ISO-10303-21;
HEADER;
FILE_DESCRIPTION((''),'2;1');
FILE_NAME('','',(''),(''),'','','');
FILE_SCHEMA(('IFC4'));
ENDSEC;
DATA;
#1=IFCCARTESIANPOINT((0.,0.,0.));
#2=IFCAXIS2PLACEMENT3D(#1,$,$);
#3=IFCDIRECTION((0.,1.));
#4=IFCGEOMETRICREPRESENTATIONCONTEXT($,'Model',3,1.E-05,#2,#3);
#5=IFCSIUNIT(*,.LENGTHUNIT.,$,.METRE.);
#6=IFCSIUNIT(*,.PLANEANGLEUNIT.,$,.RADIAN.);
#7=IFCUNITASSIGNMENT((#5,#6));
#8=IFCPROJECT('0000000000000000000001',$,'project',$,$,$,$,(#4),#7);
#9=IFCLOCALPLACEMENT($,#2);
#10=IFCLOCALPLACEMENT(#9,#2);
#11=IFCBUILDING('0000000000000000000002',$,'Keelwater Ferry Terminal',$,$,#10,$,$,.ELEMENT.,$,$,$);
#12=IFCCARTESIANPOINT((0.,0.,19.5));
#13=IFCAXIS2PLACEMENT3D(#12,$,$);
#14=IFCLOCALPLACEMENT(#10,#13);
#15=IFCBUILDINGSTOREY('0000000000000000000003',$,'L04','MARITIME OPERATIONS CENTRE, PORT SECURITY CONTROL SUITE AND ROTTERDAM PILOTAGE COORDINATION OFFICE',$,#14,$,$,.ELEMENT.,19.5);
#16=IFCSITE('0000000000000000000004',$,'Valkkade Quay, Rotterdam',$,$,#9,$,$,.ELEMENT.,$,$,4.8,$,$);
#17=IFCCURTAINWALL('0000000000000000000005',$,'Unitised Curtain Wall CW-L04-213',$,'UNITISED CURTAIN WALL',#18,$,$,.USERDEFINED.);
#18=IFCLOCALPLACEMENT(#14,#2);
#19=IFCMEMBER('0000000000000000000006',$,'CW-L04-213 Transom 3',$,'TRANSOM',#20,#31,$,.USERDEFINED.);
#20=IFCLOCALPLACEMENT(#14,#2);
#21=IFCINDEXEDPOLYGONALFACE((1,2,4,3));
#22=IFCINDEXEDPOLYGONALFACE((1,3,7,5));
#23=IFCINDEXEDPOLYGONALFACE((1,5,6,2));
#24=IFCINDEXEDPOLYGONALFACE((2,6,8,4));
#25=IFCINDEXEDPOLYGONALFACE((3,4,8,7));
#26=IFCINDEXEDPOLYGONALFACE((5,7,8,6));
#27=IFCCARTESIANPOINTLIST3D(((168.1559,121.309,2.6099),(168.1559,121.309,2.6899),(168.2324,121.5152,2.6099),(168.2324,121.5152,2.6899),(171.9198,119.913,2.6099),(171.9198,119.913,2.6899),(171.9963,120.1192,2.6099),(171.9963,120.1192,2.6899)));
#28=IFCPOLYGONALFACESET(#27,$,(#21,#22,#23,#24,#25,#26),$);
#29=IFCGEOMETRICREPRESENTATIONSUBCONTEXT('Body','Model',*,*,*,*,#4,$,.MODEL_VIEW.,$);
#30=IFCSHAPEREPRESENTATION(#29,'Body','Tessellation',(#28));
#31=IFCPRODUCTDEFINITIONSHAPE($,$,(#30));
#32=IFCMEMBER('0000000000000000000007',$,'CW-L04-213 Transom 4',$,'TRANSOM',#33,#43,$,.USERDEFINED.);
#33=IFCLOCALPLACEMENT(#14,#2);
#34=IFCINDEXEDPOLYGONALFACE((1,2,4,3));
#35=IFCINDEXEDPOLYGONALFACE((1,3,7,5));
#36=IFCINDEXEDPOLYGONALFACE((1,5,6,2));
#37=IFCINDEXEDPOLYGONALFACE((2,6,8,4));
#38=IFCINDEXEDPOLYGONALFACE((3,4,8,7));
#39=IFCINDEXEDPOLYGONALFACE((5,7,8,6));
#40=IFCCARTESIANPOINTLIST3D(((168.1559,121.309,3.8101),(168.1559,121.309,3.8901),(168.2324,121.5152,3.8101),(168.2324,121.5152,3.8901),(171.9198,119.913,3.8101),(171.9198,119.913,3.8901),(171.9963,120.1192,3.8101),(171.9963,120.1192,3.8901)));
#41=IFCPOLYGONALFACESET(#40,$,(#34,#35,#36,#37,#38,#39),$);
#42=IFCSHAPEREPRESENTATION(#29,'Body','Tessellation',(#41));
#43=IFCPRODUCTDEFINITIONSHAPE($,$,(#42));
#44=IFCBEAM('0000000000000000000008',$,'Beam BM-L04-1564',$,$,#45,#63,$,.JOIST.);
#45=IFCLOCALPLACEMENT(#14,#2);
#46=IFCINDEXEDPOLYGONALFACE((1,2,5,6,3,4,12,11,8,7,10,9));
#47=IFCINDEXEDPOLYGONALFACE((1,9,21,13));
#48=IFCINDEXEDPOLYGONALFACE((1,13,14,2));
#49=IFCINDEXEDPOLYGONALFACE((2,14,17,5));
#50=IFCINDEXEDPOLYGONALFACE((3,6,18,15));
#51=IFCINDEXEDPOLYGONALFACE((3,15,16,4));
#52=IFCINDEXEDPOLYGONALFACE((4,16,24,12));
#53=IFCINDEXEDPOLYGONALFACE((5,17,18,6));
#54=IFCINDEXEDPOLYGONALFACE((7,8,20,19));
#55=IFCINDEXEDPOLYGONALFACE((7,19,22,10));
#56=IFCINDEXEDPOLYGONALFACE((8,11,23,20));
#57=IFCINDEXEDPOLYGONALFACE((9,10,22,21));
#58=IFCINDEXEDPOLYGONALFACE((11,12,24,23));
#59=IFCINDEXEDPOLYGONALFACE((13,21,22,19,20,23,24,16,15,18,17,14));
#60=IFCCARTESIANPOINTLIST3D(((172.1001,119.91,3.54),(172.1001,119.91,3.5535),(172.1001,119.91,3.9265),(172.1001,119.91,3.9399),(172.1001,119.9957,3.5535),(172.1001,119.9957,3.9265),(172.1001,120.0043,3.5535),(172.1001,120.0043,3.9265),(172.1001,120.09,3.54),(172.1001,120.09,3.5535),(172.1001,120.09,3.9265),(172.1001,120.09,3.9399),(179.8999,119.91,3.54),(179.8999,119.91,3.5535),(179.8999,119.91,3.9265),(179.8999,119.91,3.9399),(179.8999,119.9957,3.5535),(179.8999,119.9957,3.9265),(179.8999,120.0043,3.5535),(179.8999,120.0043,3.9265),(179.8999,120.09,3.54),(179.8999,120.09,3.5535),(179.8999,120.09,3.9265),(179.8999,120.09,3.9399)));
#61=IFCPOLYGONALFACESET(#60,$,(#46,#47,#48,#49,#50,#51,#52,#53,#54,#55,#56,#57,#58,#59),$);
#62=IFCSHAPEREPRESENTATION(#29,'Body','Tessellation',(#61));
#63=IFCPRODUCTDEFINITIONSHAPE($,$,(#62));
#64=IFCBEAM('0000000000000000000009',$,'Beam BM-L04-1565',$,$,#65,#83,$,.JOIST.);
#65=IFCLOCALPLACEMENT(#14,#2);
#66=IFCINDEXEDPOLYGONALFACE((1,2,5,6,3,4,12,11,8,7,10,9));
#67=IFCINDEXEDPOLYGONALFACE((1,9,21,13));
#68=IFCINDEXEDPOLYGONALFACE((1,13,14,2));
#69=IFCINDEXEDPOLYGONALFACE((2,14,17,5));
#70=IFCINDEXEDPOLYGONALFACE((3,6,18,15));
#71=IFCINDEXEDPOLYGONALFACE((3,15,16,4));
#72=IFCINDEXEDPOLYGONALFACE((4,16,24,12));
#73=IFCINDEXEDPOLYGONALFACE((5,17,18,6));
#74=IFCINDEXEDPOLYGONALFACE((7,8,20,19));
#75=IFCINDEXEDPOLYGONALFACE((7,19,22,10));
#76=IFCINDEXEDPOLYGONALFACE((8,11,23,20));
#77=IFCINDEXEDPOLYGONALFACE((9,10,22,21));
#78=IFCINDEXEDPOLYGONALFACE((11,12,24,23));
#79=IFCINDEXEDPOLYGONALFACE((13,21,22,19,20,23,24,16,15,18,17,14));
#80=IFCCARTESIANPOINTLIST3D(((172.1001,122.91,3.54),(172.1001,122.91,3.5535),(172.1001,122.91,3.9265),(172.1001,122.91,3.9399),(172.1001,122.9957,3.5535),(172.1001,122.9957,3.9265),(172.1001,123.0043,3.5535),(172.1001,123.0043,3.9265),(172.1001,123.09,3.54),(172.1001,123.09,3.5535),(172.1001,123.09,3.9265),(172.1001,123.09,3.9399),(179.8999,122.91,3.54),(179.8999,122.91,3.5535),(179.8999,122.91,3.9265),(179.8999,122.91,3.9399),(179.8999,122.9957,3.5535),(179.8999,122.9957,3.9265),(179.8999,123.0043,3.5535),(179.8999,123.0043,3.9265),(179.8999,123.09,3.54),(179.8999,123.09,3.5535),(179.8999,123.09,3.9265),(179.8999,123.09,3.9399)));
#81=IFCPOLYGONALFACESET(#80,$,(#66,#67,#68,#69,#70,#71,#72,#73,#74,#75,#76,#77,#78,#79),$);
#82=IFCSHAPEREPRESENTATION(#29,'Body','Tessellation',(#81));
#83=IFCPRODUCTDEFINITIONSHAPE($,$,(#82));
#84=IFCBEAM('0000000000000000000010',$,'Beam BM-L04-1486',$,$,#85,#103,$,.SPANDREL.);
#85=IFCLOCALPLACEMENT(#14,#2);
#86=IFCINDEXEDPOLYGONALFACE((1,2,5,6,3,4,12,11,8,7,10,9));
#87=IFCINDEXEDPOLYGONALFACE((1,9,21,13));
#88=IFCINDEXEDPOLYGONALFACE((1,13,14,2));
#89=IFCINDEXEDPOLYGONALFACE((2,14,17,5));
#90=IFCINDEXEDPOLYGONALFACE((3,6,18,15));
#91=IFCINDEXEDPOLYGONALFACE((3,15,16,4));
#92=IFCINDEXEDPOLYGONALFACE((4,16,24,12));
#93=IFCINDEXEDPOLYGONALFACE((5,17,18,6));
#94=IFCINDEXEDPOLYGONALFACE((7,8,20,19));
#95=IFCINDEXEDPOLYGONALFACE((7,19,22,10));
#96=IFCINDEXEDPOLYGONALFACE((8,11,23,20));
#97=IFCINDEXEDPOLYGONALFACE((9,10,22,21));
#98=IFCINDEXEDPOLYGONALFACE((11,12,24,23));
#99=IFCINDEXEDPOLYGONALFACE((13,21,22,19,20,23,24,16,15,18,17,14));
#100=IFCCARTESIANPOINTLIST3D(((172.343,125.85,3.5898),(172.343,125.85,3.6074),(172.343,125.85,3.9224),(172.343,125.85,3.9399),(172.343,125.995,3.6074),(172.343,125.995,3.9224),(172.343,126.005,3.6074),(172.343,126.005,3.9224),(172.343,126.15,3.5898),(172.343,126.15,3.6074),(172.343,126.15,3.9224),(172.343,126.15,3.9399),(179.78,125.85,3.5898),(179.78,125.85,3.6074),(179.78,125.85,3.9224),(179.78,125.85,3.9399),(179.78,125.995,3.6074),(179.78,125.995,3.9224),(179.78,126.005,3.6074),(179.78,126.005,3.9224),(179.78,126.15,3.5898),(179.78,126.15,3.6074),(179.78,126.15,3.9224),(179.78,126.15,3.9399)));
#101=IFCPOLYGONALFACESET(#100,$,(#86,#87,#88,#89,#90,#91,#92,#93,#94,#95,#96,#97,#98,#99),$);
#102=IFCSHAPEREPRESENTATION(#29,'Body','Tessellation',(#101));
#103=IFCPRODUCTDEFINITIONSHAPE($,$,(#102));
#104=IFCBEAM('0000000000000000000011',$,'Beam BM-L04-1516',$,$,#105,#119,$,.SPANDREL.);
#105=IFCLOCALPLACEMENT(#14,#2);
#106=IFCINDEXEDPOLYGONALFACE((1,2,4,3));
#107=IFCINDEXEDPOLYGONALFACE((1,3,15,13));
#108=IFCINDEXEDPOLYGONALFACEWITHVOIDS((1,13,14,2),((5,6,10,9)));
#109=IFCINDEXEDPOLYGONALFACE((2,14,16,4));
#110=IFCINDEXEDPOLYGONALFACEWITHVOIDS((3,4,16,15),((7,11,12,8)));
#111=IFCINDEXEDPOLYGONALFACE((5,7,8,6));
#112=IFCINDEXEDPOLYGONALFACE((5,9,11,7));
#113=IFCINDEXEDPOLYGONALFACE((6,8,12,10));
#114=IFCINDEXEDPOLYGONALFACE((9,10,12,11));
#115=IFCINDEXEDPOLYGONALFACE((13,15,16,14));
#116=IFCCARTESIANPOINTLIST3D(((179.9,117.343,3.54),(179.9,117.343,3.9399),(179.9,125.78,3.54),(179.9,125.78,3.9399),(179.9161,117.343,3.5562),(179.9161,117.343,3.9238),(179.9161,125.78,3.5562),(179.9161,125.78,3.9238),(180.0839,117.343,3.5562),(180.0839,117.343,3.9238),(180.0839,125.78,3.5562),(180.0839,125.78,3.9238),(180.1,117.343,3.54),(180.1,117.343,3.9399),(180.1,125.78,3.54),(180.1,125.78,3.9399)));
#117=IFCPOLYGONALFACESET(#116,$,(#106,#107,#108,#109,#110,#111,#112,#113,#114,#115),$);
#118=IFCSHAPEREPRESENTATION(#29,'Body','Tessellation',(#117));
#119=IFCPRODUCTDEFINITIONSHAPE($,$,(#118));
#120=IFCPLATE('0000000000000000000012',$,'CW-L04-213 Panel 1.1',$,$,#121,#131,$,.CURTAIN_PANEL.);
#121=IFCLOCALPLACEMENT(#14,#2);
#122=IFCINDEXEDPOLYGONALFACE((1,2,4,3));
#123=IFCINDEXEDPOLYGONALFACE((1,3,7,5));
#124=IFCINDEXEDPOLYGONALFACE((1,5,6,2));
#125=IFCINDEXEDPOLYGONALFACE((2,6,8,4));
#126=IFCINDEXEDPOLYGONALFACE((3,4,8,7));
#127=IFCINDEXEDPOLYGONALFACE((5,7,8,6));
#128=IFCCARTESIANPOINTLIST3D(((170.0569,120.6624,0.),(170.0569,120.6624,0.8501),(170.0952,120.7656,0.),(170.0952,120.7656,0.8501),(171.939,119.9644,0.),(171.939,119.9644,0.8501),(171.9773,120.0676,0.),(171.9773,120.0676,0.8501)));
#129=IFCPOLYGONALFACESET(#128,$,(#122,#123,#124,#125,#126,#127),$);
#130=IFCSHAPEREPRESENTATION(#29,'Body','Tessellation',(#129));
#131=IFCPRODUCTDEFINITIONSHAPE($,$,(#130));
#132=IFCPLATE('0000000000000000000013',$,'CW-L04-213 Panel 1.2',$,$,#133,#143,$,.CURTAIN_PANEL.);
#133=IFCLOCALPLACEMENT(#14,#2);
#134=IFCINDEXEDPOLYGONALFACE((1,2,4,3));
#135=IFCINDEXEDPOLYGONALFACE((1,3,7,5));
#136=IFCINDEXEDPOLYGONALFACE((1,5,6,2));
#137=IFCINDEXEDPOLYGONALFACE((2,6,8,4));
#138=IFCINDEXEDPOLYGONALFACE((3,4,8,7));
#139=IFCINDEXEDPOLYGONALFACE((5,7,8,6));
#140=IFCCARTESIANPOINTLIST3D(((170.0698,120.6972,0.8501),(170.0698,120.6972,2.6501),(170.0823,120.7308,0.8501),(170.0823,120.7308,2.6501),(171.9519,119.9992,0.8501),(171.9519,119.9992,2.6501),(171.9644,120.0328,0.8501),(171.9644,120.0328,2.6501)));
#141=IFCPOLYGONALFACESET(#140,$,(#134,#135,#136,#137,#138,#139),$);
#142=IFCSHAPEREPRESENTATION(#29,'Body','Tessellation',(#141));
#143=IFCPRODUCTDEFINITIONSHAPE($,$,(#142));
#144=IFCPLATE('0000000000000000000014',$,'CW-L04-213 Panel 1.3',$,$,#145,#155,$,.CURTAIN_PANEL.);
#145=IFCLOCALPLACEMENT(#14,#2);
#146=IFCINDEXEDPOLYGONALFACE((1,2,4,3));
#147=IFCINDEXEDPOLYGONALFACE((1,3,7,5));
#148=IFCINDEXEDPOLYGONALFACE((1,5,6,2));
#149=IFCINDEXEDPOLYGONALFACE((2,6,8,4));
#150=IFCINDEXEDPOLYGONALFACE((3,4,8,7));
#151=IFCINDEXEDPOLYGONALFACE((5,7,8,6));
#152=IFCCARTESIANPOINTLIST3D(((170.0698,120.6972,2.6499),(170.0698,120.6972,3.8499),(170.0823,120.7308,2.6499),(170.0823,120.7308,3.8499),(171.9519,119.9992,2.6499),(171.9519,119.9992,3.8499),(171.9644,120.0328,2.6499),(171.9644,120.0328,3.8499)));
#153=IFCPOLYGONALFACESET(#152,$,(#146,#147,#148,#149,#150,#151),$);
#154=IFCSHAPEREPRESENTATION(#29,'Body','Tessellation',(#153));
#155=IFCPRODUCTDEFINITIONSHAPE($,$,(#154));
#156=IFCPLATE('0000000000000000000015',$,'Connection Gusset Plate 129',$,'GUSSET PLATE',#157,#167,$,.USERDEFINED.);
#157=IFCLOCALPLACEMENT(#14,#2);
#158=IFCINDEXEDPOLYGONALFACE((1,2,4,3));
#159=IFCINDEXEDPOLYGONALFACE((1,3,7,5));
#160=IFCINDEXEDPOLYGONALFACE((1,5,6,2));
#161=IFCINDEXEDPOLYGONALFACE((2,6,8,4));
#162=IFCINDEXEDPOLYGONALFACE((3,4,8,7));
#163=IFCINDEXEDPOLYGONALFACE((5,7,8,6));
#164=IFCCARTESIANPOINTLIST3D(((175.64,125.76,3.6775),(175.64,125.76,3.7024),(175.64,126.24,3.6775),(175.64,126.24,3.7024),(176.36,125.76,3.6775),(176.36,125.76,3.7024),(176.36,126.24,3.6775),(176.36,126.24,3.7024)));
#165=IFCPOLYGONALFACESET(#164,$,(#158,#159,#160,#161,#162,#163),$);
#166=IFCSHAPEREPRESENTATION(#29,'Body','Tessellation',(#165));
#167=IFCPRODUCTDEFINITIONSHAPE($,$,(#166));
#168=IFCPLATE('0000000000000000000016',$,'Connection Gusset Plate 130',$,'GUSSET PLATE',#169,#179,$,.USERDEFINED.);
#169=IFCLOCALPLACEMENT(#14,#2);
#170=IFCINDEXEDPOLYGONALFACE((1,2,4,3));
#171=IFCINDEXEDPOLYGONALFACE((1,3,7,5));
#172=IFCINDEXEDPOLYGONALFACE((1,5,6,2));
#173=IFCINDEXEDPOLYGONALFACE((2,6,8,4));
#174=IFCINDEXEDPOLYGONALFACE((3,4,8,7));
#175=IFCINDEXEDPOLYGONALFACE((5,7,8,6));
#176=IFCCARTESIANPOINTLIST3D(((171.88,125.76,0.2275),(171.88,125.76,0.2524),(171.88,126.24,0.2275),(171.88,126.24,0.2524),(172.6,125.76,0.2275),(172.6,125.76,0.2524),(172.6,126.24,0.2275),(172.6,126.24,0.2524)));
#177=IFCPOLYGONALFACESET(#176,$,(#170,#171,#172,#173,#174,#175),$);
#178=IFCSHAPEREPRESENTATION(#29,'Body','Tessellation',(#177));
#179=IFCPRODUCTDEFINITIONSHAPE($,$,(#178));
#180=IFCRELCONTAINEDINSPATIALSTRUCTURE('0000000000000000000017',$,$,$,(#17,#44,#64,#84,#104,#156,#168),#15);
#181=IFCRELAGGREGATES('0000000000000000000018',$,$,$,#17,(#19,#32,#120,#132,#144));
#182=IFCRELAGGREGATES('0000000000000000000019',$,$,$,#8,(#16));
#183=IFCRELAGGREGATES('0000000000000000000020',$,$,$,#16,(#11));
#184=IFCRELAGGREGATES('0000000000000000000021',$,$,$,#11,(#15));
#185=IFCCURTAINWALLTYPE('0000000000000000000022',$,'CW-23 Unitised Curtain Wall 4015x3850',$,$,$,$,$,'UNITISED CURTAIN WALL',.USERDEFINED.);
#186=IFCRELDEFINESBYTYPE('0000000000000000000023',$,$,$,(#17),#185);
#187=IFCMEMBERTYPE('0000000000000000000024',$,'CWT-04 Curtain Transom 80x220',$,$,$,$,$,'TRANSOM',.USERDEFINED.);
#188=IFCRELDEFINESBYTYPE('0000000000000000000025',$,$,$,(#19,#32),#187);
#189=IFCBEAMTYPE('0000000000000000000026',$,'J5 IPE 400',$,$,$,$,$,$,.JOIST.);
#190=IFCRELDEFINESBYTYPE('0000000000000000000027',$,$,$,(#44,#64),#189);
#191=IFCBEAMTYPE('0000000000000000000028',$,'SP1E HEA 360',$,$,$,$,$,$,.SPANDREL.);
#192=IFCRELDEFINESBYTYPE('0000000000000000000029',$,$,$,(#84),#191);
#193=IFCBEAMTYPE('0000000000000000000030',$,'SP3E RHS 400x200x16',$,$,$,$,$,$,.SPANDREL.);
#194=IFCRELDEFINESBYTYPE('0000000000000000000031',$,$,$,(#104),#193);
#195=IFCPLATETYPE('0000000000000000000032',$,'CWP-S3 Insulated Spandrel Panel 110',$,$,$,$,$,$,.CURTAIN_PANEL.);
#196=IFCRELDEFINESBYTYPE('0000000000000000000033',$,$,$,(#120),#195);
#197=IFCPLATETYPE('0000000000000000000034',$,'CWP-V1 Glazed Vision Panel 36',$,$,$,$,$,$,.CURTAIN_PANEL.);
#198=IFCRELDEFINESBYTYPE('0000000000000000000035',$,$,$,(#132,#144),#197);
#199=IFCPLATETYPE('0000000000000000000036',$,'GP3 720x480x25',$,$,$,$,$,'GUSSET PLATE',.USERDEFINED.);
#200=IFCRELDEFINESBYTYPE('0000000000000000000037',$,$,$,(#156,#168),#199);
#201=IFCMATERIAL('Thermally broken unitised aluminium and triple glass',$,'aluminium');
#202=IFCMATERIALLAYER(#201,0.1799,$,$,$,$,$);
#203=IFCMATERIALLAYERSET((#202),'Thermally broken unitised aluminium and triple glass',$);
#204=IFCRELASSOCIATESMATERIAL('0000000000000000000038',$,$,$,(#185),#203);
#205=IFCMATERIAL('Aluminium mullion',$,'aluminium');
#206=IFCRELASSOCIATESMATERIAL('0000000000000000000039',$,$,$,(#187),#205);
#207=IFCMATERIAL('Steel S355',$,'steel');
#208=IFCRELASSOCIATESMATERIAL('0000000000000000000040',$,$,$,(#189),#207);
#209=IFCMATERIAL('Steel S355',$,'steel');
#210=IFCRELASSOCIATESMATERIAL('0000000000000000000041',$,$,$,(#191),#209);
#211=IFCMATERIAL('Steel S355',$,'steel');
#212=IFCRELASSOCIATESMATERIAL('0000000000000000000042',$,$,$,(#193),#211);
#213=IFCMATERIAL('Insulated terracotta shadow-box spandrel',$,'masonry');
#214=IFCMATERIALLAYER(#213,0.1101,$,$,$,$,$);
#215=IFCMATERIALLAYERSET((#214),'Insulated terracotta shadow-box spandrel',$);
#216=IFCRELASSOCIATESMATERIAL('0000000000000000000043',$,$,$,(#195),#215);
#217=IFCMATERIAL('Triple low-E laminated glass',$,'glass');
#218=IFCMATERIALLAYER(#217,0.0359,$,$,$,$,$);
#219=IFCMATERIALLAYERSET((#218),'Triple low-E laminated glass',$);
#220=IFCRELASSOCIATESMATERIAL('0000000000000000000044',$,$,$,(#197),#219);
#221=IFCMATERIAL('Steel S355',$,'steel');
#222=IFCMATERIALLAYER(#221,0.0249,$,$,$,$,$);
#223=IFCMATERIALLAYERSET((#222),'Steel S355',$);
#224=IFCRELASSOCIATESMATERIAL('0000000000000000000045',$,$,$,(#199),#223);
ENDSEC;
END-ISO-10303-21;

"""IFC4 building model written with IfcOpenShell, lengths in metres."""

from ifc_helpers import new_model, si_unit, direction, frame, origin, origin_2d, place, context, subcontext, project, spatial, rectangle, hollow_rectangle, i_section, extrude, material, layer, layer_set, material_profile, profile_set, type_object, element, aggregate, save


model = new_model("IFC4")

# Units and contexts
model_context = context("Model", 3, precision=1e-05, world=origin(), true_north=direction((0.0, 1.0)))
body_context = subcontext(model_context, "Body", "Model", "MODEL_VIEW")
ifc_project = project(units=[si_unit("LENGTHUNIT", "METRE"), si_unit("PLANEANGLEUNIT", "RADIAN")], contexts=[model_context])

# Site, building, storey
site_placement = place(None, origin())
site = spatial("IfcSite", under=ifc_project, at=site_placement, Name="Valkkade Quay, Rotterdam", CompositionType="ELEMENT", RefElevation=4.8)
building_placement = place(site_placement, origin())
building = spatial("IfcBuilding", under=site, at=building_placement, Name="Keelwater Ferry Terminal", CompositionType="ELEMENT")
storey_placement = place(building_placement, frame((0.0, 0.0, 19.5)))
storey = spatial("IfcBuildingStorey", under=building, at=storey_placement, Name="L04", Description="MARITIME OPERATIONS CENTRE, PORT SECURITY CONTROL SUITE AND ROTTERDAM PILOTAGE COORDINATION OFFICE", CompositionType="ELEMENT", Elevation=19.5)

# Curtain wall, members
ifc_material_1 = material(Name="Thermally broken unitised aluminium and triple glass", Category="aluminium")
ifc_layer_1 = layer(ifc_material_1, 0.1799)
ifc_layer_set_1 = layer_set([ifc_layer_1], Name="Thermally broken unitised aluminium and triple glass")
curtain_wall_type = type_object("IfcCurtainWallType", Name="CW-23 Unitised Curtain Wall 4015x3850", ElementType="UNITISED CURTAIN WALL", PredefinedType="USERDEFINED", material=ifc_layer_set_1)
curtain_wall_placement = place(storey_placement, origin())
curtain_wall = element("IfcCurtainWall", 1, at=curtain_wall_placement, inside=storey, type_object=curtain_wall_type, Name="Unitised Curtain Wall CW-L04-213", ObjectType="UNITISED CURTAIN WALL", PredefinedType="USERDEFINED")
ifc_material_2 = material(Name="Aluminium mullion", Category="aluminium")
ifc_material_profile_1 = material_profile(ifc_material_2, rectangle(XDim=0.22, YDim=0.0801, at=origin_2d()), Name="CWT-04")
ifc_profile_set_1 = profile_set([ifc_material_profile_1], Name="Aluminium mullion")
member_type_1 = type_object("IfcMemberType", Name="CWT-04 Curtain Transom 80x220", ElementType="TRANSOM", PredefinedType="USERDEFINED", material=ifc_profile_set_1)
member_1_placement = place(storey_placement, frame((171.958, 120.0161, 2.6499), z_axis=(-0.93759, 0.347742, 0.0), x_axis=(-0.347742, -0.93759, 0.0)))
member_1 = element("IfcMember", 2, at=member_1_placement, type_object=member_type_1, Name="CW-L04-213 Transom 3", ObjectType="TRANSOM", PredefinedType="USERDEFINED", context=body_context, shape_type="SweptSolid", body=[
    extrude(rectangle(XDim=0.22, YDim=0.0801, at=origin_2d()), origin(), (0.0, 0.0, 1.0), 4.0144),
])
member_2_placement = place(storey_placement, frame((171.958, 120.0161, 3.8501), z_axis=(-0.93759, 0.347742, 0.0), x_axis=(-0.347742, -0.93759, 0.0)))
member_2 = element("IfcMember", 3, at=member_2_placement, type_object=member_type_1, Name="CW-L04-213 Transom 4", ObjectType="TRANSOM", PredefinedType="USERDEFINED", context=body_context, shape_type="SweptSolid", body=[
    extrude(rectangle(XDim=0.22, YDim=0.0801, at=origin_2d()), origin(), (0.0, 0.0, 1.0), 4.0144),
])

# Beams
ifc_material_3 = material(Name="Steel S355", Category="steel")
ifc_material_profile_2 = material_profile(ifc_material_3, i_section(OverallWidth=0.1799, OverallDepth=0.3999, WebThickness=0.0085, FlangeThickness=0.0134, at=origin_2d()), Name="IPE 400")
ifc_profile_set_2 = profile_set([ifc_material_profile_2], Name="Steel S355")
beam_type_1 = type_object("IfcBeamType", Name="J5 IPE 400", PredefinedType="JOIST", material=ifc_profile_set_2)
for number, where, z_axis, x_axis, name in (
    (4, (172.1001, 120.0, 3.74), (1.0, 0.0, 0.0), (0.0, 1.0, 0.0), "Beam BM-L04-1564"),
    (5, (172.1001, 123.0, 3.74), (1.0, 0.0, 0.0), (0.0, 1.0, 0.0), "Beam BM-L04-1565"),
):
    element("IfcBeam", number, at=place(storey_placement, frame(where, z_axis=z_axis, x_axis=x_axis)), inside=storey, type_object=beam_type_1, Name=name, PredefinedType="JOIST", context=body_context, shape_type="SweptSolid", body=[
        extrude(i_section(OverallWidth=0.1799, OverallDepth=0.3999, WebThickness=0.0085, FlangeThickness=0.0134, at=origin_2d()), origin(), (0.0, 0.0, 1.0), 7.7998),
    ])
ifc_material_4 = material(Name="Steel S355", Category="steel")
ifc_material_profile_3 = material_profile(ifc_material_4, i_section(OverallWidth=0.3, OverallDepth=0.3501, WebThickness=0.01, FlangeThickness=0.0176, at=origin_2d()), Name="HEA 360")
ifc_profile_set_3 = profile_set([ifc_material_profile_3], Name="Steel S355")
beam_type_2 = type_object("IfcBeamType", Name="SP1E HEA 360", PredefinedType="SPANDREL", material=ifc_profile_set_3)
beam_1_placement = place(storey_placement, frame((172.343, 126.0, 3.7649), z_axis=(1.0, 0.0, 0.0), x_axis=(0.0, 1.0, 0.0)))
element("IfcBeam", 6, at=beam_1_placement, inside=storey, type_object=beam_type_2, Name="Beam BM-L04-1486", PredefinedType="SPANDREL", context=body_context, shape_type="SweptSolid", body=[
    extrude(i_section(OverallWidth=0.3, OverallDepth=0.3501, WebThickness=0.01, FlangeThickness=0.0176, at=origin_2d()), origin(), (0.0, 0.0, 1.0), 7.437),
])
ifc_material_5 = material(Name="Steel S355", Category="steel")
ifc_material_profile_4 = material_profile(ifc_material_5, hollow_rectangle(XDim=0.2, YDim=0.3999, WallThickness=0.0161, at=origin_2d()), Name="RHS 400x200x16")
ifc_profile_set_4 = profile_set([ifc_material_profile_4], Name="Steel S355")
beam_type_3 = type_object("IfcBeamType", Name="SP3E RHS 400x200x16", PredefinedType="SPANDREL", material=ifc_profile_set_4)
beam_2_placement = place(storey_placement, frame((180.0, 117.343, 3.74), z_axis=(0.0, 1.0, 0.0), x_axis=(-1.0, 0.0, 0.0)))
element("IfcBeam", 7, at=beam_2_placement, inside=storey, type_object=beam_type_3, Name="Beam BM-L04-1516", PredefinedType="SPANDREL", context=body_context, shape_type="SweptSolid", body=[
    extrude(hollow_rectangle(XDim=0.2, YDim=0.3999, WallThickness=0.0161, at=origin_2d()), origin(), (0.0, 0.0, 1.0), 8.437),
])

# Plates
ifc_material_6 = material(Name="Insulated terracotta shadow-box spandrel", Category="masonry")
ifc_layer_2 = layer(ifc_material_6, 0.1101)
ifc_layer_set_2 = layer_set([ifc_layer_2], Name="Insulated terracotta shadow-box spandrel")
plate_type_1 = type_object("IfcPlateType", Name="CWP-S3 Insulated Spandrel Panel 110", PredefinedType="CURTAIN_PANEL", material=ifc_layer_set_2)
plate_1_placement = place(storey_placement, frame((171.0171, 120.365, 0.0), z_axis=(0.0, 0.0, 1.0), x_axis=(-0.937592, 0.347736, 0.0)))
plate_1 = element("IfcPlate", 8, at=plate_1_placement, type_object=plate_type_1, Name="CW-L04-213 Panel 1.1", PredefinedType="CURTAIN_PANEL", context=body_context, shape_type="SweptSolid", body=[
    extrude(rectangle(XDim=2.0073, YDim=0.1101, at=origin_2d()), origin(), (0.0, 0.0, 1.0), 0.8501),
])
ifc_material_7 = material(Name="Triple low-E laminated glass", Category="glass")
ifc_layer_3 = layer(ifc_material_7, 0.0359)
ifc_layer_set_3 = layer_set([ifc_layer_3], Name="Triple low-E laminated glass")
plate_type_2 = type_object("IfcPlateType", Name="CWP-V1 Glazed Vision Panel 36", PredefinedType="CURTAIN_PANEL", material=ifc_layer_set_3)
plate_2_placement = place(storey_placement, frame((171.0171, 120.365, 0.8501), z_axis=(0.0, 0.0, 1.0), x_axis=(-0.937592, 0.347736, 0.0)))
plate_2 = element("IfcPlate", 9, at=plate_2_placement, type_object=plate_type_2, Name="CW-L04-213 Panel 1.2", PredefinedType="CURTAIN_PANEL", context=body_context, shape_type="SweptSolid", body=[
    extrude(rectangle(XDim=2.0073, YDim=0.0359, at=origin_2d()), origin(), (0.0, 0.0, 1.0), 1.8),
])
plate_3_placement = place(storey_placement, frame((171.0171, 120.365, 2.6499), z_axis=(0.0, 0.0, 1.0), x_axis=(-0.937592, 0.347736, 0.0)))
plate_3 = element("IfcPlate", 10, at=plate_3_placement, type_object=plate_type_2, Name="CW-L04-213 Panel 1.3", PredefinedType="CURTAIN_PANEL", context=body_context, shape_type="SweptSolid", body=[
    extrude(rectangle(XDim=2.0073, YDim=0.0359, at=origin_2d()), origin(), (0.0, 0.0, 1.0), 1.2),
])
aggregate(curtain_wall, [member_1, member_2, plate_1, plate_2, plate_3])

# Plates
ifc_material_8 = material(Name="Steel S355", Category="steel")
ifc_layer_4 = layer(ifc_material_8, 0.0249)
ifc_layer_set_4 = layer_set([ifc_layer_4], Name="Steel S355")
plate_type_3 = type_object("IfcPlateType", Name="GP3 720x480x25", ElementType="GUSSET PLATE", PredefinedType="USERDEFINED", material=ifc_layer_set_4)
for number, where, z_axis, x_axis, name in (
    (11, (176.0, 126.0, 3.6775), (0.0, 0.0, 1.0), (1.0, 0.0, 0.0), "Connection Gusset Plate 129"),
    (12, (172.24, 126.0, 0.2275), (0.0, 0.0, 1.0), (1.0, 0.0, 0.0), "Connection Gusset Plate 130"),
):
    element("IfcPlate", number, at=place(storey_placement, frame(where, z_axis=z_axis, x_axis=x_axis)), inside=storey, type_object=plate_type_3, Name=name, ObjectType="GUSSET PLATE", PredefinedType="USERDEFINED", context=body_context, shape_type="SweptSolid", body=[
        extrude(rectangle(XDim=0.72, YDim=0.48, at=origin_2d()), origin(), (0.0, 0.0, 1.0), 0.0249),
    ])

save(model, "model.ifc")
